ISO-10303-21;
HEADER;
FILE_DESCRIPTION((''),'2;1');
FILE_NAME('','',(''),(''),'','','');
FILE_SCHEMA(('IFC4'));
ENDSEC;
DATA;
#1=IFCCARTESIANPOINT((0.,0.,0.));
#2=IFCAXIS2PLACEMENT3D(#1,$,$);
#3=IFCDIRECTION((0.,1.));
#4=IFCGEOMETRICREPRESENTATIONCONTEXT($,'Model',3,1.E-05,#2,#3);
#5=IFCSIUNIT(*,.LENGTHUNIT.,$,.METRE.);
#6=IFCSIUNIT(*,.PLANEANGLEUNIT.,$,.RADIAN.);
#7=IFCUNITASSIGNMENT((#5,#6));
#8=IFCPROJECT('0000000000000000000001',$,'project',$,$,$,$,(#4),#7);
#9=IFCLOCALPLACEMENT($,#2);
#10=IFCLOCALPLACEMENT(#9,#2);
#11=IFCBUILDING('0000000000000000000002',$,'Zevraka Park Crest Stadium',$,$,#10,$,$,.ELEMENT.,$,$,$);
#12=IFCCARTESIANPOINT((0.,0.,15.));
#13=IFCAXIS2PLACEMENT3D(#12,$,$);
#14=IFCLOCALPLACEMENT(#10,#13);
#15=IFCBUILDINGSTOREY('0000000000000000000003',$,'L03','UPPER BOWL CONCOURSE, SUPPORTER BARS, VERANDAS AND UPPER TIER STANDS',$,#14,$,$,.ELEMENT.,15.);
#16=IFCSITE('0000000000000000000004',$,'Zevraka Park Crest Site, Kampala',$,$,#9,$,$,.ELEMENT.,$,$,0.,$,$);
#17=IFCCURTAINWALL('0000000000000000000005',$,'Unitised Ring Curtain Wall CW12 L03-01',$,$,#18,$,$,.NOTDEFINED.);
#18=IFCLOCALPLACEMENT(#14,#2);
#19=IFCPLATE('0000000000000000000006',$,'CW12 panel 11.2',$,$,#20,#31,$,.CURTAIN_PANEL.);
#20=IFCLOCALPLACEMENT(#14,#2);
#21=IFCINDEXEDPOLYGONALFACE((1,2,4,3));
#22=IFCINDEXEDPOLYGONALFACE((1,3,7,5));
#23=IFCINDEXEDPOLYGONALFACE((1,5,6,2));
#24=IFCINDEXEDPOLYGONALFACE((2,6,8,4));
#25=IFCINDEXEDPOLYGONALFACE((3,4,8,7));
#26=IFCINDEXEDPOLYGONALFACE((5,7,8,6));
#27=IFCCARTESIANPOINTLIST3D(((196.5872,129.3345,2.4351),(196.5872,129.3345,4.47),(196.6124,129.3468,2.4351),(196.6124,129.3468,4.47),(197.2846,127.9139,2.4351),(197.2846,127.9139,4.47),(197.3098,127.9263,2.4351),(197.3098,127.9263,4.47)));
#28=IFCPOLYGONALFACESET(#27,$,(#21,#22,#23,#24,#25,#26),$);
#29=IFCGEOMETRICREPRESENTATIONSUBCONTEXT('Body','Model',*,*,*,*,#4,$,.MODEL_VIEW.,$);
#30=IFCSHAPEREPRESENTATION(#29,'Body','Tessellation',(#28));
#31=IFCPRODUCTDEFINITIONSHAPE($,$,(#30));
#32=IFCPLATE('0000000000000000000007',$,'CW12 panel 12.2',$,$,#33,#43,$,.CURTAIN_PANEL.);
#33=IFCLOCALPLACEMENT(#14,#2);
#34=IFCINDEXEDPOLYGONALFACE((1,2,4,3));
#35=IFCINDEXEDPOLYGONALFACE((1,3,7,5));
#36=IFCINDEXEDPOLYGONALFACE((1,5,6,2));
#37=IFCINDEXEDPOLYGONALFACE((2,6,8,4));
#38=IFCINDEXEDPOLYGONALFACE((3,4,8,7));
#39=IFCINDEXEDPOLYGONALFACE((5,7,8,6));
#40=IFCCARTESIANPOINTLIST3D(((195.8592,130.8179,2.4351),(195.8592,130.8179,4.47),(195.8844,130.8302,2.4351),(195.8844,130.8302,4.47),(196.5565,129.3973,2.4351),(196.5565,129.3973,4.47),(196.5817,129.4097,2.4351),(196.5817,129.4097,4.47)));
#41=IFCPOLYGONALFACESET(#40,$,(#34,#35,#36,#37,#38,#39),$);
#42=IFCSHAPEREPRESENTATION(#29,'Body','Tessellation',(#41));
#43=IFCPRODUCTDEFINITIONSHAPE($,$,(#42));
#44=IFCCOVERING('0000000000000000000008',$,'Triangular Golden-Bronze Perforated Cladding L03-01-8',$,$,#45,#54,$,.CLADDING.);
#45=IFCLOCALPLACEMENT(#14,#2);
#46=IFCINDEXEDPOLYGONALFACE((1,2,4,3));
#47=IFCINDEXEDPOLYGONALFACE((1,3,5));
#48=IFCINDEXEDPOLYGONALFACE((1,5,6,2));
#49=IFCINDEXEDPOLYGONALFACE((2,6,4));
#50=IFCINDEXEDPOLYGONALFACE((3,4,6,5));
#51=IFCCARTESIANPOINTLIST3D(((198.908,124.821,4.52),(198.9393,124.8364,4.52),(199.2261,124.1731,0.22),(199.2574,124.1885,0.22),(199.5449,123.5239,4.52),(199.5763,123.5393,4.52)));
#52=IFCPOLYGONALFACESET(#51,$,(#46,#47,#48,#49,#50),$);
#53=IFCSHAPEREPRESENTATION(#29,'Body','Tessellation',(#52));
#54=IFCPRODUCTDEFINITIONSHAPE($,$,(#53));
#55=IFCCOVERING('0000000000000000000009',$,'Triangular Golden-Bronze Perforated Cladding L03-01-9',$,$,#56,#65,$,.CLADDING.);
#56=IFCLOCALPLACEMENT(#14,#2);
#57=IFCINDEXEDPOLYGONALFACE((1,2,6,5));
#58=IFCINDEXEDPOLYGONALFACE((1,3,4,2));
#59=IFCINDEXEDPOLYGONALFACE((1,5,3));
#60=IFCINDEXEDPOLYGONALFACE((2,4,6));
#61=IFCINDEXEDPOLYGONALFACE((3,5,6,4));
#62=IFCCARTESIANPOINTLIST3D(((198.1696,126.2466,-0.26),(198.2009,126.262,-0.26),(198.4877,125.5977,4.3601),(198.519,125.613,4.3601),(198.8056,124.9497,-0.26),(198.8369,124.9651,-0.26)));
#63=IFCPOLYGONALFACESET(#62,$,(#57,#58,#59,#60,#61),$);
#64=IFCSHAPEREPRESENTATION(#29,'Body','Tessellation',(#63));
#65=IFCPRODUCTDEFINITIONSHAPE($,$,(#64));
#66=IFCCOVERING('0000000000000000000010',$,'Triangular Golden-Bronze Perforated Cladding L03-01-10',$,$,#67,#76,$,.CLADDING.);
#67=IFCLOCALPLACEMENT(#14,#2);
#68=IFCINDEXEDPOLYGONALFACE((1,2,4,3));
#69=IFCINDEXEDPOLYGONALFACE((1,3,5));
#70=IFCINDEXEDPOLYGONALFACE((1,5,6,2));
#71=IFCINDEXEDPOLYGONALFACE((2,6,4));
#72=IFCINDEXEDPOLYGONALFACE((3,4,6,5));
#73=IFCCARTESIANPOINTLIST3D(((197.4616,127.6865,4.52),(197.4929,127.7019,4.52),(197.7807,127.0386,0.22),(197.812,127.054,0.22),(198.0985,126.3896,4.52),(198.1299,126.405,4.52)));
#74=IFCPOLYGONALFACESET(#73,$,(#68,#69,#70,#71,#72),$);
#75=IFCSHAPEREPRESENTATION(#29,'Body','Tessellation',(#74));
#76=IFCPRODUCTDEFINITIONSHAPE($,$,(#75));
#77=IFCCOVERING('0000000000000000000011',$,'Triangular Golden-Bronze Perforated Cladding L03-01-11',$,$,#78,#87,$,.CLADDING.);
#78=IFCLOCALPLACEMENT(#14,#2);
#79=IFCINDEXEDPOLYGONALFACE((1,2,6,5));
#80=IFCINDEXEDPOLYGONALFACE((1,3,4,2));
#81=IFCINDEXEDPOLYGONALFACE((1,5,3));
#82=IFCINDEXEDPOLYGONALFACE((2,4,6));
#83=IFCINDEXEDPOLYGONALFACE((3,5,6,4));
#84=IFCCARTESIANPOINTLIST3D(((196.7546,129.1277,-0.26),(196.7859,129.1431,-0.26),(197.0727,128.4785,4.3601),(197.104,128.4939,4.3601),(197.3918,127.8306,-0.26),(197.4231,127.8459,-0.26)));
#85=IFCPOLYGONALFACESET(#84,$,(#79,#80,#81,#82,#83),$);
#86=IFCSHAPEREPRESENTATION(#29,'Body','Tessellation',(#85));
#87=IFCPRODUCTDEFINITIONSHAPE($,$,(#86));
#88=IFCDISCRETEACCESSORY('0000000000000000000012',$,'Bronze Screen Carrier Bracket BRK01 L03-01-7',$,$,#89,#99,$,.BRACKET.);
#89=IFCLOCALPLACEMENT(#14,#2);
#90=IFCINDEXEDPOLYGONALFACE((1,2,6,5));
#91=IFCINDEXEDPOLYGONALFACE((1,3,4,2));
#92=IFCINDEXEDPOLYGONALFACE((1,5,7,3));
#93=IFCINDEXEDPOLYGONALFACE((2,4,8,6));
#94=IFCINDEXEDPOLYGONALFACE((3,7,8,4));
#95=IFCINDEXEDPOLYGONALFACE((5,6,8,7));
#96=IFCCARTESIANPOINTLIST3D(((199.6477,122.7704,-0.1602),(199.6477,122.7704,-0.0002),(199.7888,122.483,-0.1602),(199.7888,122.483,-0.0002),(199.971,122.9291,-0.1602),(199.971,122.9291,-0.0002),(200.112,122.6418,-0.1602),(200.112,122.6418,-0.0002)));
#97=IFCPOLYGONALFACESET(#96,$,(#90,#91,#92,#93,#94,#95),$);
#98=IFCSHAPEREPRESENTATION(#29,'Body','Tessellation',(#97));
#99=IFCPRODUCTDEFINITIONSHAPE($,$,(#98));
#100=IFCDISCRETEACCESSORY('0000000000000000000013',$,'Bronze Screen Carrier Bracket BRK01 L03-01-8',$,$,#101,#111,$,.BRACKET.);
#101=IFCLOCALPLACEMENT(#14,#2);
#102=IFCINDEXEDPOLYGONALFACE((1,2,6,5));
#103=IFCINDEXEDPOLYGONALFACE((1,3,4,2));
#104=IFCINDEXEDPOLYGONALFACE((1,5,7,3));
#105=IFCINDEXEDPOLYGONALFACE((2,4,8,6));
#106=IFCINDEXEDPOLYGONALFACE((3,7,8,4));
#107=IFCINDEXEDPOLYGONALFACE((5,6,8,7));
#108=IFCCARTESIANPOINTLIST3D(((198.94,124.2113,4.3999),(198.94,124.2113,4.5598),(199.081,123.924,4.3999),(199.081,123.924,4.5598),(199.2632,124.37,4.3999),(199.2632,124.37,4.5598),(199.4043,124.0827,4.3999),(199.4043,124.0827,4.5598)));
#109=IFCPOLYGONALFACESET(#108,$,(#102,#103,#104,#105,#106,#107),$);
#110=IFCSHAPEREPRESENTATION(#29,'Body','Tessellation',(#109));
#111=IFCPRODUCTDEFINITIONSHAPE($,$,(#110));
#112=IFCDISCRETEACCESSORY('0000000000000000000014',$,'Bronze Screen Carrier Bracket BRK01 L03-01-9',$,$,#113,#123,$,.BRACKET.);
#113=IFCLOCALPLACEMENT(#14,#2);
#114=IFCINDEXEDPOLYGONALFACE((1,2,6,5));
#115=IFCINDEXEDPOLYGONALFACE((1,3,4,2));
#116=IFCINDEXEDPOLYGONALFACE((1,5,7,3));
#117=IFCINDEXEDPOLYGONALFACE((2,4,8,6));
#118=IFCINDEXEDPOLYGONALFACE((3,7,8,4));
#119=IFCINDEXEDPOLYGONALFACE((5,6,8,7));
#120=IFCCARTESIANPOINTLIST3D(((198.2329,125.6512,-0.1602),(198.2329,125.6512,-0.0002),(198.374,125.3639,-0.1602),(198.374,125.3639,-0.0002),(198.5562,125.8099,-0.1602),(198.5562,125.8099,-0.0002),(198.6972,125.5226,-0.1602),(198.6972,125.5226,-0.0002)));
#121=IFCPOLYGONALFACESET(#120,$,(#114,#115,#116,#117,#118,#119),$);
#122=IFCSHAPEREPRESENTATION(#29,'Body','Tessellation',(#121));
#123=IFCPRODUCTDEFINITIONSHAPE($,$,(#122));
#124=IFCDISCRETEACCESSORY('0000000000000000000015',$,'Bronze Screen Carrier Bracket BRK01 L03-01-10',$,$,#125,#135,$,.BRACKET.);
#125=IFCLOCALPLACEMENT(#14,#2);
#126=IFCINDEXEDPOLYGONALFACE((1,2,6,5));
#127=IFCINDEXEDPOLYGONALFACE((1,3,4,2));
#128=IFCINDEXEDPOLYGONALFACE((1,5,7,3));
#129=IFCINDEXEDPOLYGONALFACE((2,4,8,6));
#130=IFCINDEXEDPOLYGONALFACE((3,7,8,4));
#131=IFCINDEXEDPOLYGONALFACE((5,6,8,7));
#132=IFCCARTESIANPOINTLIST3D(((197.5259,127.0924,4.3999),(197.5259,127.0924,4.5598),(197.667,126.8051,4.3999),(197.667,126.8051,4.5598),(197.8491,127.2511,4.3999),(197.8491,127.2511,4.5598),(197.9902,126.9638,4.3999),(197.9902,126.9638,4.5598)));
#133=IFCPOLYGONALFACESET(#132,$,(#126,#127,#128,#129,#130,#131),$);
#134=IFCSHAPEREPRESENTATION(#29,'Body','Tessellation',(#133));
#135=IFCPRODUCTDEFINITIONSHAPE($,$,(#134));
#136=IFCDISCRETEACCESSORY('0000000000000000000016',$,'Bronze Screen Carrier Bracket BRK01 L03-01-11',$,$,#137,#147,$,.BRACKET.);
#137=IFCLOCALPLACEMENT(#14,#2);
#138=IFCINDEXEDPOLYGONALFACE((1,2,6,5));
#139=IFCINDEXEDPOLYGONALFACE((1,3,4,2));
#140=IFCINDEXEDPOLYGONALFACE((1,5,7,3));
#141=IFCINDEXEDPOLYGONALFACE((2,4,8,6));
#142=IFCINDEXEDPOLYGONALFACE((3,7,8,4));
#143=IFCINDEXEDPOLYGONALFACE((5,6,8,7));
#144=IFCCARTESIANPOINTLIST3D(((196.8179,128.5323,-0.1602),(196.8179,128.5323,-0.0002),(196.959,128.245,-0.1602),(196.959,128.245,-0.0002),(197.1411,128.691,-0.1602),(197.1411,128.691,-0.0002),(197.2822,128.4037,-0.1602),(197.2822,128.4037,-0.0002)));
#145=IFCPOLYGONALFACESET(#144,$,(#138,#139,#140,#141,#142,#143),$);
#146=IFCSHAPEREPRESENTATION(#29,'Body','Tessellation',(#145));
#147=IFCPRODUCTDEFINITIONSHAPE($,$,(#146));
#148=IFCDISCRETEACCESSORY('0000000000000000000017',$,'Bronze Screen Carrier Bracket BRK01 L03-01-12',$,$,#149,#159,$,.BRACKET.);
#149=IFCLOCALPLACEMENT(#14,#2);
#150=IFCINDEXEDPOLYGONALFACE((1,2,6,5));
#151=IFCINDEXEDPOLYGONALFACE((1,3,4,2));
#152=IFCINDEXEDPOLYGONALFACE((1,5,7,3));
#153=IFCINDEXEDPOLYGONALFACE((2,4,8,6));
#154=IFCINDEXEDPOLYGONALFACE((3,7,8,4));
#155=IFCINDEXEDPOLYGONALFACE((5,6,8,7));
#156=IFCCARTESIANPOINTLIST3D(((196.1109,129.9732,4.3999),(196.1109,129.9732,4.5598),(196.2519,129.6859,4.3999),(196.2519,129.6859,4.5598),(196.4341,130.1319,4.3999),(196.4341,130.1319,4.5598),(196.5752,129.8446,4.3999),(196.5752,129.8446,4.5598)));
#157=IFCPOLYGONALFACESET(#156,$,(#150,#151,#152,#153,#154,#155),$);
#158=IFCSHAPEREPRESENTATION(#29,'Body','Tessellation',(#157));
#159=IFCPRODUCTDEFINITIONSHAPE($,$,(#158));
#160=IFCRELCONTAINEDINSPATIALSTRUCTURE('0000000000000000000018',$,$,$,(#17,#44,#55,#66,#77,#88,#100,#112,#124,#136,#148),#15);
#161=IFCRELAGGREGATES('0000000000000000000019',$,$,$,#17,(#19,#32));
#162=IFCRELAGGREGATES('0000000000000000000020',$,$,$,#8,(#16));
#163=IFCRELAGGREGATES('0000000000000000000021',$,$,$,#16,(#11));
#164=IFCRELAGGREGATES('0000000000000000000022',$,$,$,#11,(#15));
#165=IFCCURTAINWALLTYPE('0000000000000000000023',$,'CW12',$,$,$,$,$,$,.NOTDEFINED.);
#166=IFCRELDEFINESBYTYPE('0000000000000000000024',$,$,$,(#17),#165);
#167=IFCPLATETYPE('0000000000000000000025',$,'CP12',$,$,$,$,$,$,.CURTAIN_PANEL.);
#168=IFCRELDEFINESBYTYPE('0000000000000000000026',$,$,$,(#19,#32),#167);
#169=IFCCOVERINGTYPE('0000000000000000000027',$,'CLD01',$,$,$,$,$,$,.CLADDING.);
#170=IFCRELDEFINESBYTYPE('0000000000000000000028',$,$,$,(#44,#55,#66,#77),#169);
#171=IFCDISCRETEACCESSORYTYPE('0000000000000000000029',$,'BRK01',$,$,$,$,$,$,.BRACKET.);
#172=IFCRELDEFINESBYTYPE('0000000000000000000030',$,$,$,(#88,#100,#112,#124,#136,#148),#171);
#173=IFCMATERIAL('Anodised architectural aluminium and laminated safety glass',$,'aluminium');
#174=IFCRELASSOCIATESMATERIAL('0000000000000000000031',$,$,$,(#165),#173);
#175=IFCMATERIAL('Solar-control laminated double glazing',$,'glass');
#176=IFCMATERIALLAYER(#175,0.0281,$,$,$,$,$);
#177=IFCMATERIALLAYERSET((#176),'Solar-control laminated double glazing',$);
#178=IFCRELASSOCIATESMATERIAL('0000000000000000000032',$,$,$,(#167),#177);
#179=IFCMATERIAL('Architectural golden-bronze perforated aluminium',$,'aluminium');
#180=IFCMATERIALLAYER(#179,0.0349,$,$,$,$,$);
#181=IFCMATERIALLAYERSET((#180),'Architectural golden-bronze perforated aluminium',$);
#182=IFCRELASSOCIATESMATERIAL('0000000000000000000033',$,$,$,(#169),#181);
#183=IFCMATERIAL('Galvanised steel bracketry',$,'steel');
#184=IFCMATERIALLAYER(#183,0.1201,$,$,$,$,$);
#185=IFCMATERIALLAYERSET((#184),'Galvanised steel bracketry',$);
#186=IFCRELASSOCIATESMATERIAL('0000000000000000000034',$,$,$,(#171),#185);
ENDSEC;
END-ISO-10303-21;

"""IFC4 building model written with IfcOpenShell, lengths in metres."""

from ifc_helpers import new_model, si_unit, direction, frame, origin, origin_2d, place, context, subcontext, project, spatial, polyline, rectangle, outline, extrude, material, layer, layer_set, type_object, element, aggregate, save


model = new_model("IFC4")

# Units and contexts
model_context = context("Model", 3, precision=1e-05, world=origin(), true_north=direction((0.0, 1.0)))
body_context = subcontext(model_context, "Body", "Model", "MODEL_VIEW")
ifc_project = project(units=[si_unit("LENGTHUNIT", "METRE"), si_unit("PLANEANGLEUNIT", "RADIAN")], contexts=[model_context])

# Site, building, storey
site_placement = place(None, origin())
site = spatial("IfcSite", under=ifc_project, at=site_placement, Name="Zevraka Park Crest Site, Kampala", CompositionType="ELEMENT", RefElevation=0.0)
building_placement = place(site_placement, origin())
building = spatial("IfcBuilding", under=site, at=building_placement, Name="Zevraka Park Crest Stadium", CompositionType="ELEMENT")
storey_placement = place(building_placement, frame((0.0, 0.0, 15.0)))
storey = spatial("IfcBuildingStorey", under=building, at=storey_placement, Name="L03", Description="UPPER BOWL CONCOURSE, SUPPORTER BARS, VERANDAS AND UPPER TIER STANDS", CompositionType="ELEMENT", Elevation=15.0)

# Curtain wall, plates
ifc_material_1 = material(Name="Anodised architectural aluminium and laminated safety glass", Category="aluminium")
curtain_wall_type = type_object("IfcCurtainWallType", Name="CW12", PredefinedType="NOTDEFINED", material=ifc_material_1)
curtain_wall_placement = place(storey_placement, origin())
curtain_wall = element("IfcCurtainWall", 1, at=curtain_wall_placement, inside=storey, type_object=curtain_wall_type, Name="Unitised Ring Curtain Wall CW12 L03-01", PredefinedType="NOTDEFINED")
ifc_material_2 = material(Name="Solar-control laminated double glazing", Category="glass")
ifc_layer_1 = layer(ifc_material_2, 0.0281)
ifc_layer_set_1 = layer_set([ifc_layer_1], Name="Solar-control laminated double glazing")
plate_type = type_object("IfcPlateType", Name="CP12", PredefinedType="CURTAIN_PANEL", material=ifc_layer_set_1)
plate_1_placement = place(storey_placement, frame((196.9485, 128.6304, 2.4351), z_axis=(0.0, 0.0, 1.0), x_axis=(-0.440666, 0.897671, 0.0)))
plate_1 = element("IfcPlate", 2, at=plate_1_placement, type_object=plate_type, Name="CW12 panel 11.2", PredefinedType="CURTAIN_PANEL", context=body_context, shape_type="SweptSolid", body=[
    extrude(rectangle(XDim=1.5825, YDim=0.0281, at=origin_2d()), origin(), (0.0, 0.0, 1.0), 2.0349),
])
plate_2_placement = place(storey_placement, frame((196.2205, 130.1138, 2.4351), z_axis=(0.0, 0.0, 1.0), x_axis=(-0.440666, 0.897671, 0.0)))
plate_2 = element("IfcPlate", 3, at=plate_2_placement, type_object=plate_type, Name="CW12 panel 12.2", PredefinedType="CURTAIN_PANEL", context=body_context, shape_type="SweptSolid", body=[
    extrude(rectangle(XDim=1.5825, YDim=0.0281, at=origin_2d()), origin(), (0.0, 0.0, 1.0), 2.0349),
])
aggregate(curtain_wall, [plate_1, plate_2])

# Coverings
ifc_material_3 = material(Name="Architectural golden-bronze perforated aluminium", Category="aluminium")
ifc_layer_2 = layer(ifc_material_3, 0.0349)
ifc_layer_set_2 = layer_set([ifc_layer_2], Name="Architectural golden-bronze perforated aluminium")
covering_type = type_object("IfcCoveringType", Name="CLD01", PredefinedType="CLADDING", material=ifc_layer_set_2)
covering_1_placement = place(storey_placement, frame((198.908, 124.821, 4.52), z_axis=(-0.897614, -0.440782, 0.000014), x_axis=(0.440782, -0.897614, 0.0)))
element("IfcCovering", 4, at=covering_1_placement, inside=storey, type_object=covering_type, Name="Triangular Golden-Bronze Perforated Cladding L03-01-8", PredefinedType="CLADDING", context=body_context, shape_type="SweptSolid", body=[
    extrude(outline(polyline([(0.0, 0.0), (1.4451, 0.0), (0.7218, -4.3), (0.0, 0.0)])), origin(), (0.0, 0.0, -1.0), 0.0349),
])
covering_2_placement = place(storey_placement, frame((198.8369, 124.9651, -0.26), z_axis=(0.897849, 0.440304, 0.000023), x_axis=(-0.440304, 0.897849, 0.0)))
element("IfcCovering", 5, at=covering_2_placement, inside=storey, type_object=covering_type, Name="Triangular Golden-Bronze Perforated Cladding L03-01-9", PredefinedType="CLADDING", context=body_context, shape_type="SweptSolid", body=[
    extrude(outline(polyline([(0.0, 0.0), (1.4444, 0.0), (0.7217, 4.6201), (0.0, 0.0)])), origin(), (0.0, 0.0, -1.0), 0.0349),
])
covering_3_placement = place(storey_placement, frame((197.4929, 127.7019, 4.52), z_axis=(0.897581, 0.440849, 0.000177), x_axis=(0.440849, -0.897581, 0.0)))
element("IfcCovering", 6, at=covering_3_placement, inside=storey, type_object=covering_type, Name="Triangular Golden-Bronze Perforated Cladding L03-01-10", PredefinedType="CLADDING", context=body_context, shape_type="SweptSolid", body=[
    extrude(outline(polyline([(0.0, 0.0), (1.4449, 0.0), (0.7223, 4.3), (0.0, 0.0)])), origin(), (0.0, 0.0, -1.0), 0.0349),
])
covering_4_placement = place(storey_placement, frame((197.4231, 127.8459, -0.26), z_axis=(0.897547, 0.440918, 0.000153), x_axis=(-0.440918, 0.897547, 0.0)))
element("IfcCovering", 7, at=covering_4_placement, inside=storey, type_object=covering_type, Name="Triangular Golden-Bronze Perforated Cladding L03-01-11", PredefinedType="CLADDING", context=body_context, shape_type="SweptSolid", body=[
    extrude(outline(polyline([(0.0, 0.0), (1.4452, 0.0), (0.7223, 4.6201), (0.0, 0.0)])), origin(), (0.0, 0.0, -1.0), 0.0349),
])

# Discrete accessories
ifc_material_4 = material(Name="Galvanised steel bracketry", Category="steel")
ifc_layer_3 = layer(ifc_material_4, 0.1201)
ifc_layer_set_3 = layer_set([ifc_layer_3], Name="Galvanised steel bracketry")
discrete_accessory_type = type_object("IfcDiscreteAccessoryType", Name="BRK01", PredefinedType="BRACKET", material=ifc_layer_set_3)
for number, where, z_axis, x_axis, name in (
    (8, (199.8799, 122.7061, -0.1602), (0.0, 0.0, 1.0), (-0.440723, 0.897643, 0.0), "Bronze Screen Carrier Bracket BRK01 L03-01-7"),
    (9, (199.1721, 124.147, 4.3999), (0.0, 0.0, 1.0), (-0.440723, 0.897643, 0.0), "Bronze Screen Carrier Bracket BRK01 L03-01-8"),
    (10, (198.4651, 125.5869, -0.1602), (0.0, 0.0, 1.0), (-0.440723, 0.897643, 0.0), "Bronze Screen Carrier Bracket BRK01 L03-01-9"),
    (11, (197.7581, 127.0281, 4.3999), (0.0, 0.0, 1.0), (-0.440723, 0.897643, 0.0), "Bronze Screen Carrier Bracket BRK01 L03-01-10"),
    (12, (197.05, 128.468, -0.1602), (0.0, 0.0, 1.0), (-0.440723, 0.897643, 0.0), "Bronze Screen Carrier Bracket BRK01 L03-01-11"),
    (13, (196.343, 129.9089, 4.3999), (0.0, 0.0, 1.0), (-0.440723, 0.897643, 0.0), "Bronze Screen Carrier Bracket BRK01 L03-01-12"),
):
    element("IfcDiscreteAccessory", number, at=place(storey_placement, frame(where, z_axis=z_axis, x_axis=x_axis)), inside=storey, type_object=discrete_accessory_type, Name=name, PredefinedType="BRACKET", context=body_context, shape_type="SweptSolid", body=[
        extrude(rectangle(XDim=0.3201, YDim=0.3601, at=origin_2d()), origin(), (0.0, 0.0, 1.0), 0.1599),
    ])

save(model, "model.ifc")
